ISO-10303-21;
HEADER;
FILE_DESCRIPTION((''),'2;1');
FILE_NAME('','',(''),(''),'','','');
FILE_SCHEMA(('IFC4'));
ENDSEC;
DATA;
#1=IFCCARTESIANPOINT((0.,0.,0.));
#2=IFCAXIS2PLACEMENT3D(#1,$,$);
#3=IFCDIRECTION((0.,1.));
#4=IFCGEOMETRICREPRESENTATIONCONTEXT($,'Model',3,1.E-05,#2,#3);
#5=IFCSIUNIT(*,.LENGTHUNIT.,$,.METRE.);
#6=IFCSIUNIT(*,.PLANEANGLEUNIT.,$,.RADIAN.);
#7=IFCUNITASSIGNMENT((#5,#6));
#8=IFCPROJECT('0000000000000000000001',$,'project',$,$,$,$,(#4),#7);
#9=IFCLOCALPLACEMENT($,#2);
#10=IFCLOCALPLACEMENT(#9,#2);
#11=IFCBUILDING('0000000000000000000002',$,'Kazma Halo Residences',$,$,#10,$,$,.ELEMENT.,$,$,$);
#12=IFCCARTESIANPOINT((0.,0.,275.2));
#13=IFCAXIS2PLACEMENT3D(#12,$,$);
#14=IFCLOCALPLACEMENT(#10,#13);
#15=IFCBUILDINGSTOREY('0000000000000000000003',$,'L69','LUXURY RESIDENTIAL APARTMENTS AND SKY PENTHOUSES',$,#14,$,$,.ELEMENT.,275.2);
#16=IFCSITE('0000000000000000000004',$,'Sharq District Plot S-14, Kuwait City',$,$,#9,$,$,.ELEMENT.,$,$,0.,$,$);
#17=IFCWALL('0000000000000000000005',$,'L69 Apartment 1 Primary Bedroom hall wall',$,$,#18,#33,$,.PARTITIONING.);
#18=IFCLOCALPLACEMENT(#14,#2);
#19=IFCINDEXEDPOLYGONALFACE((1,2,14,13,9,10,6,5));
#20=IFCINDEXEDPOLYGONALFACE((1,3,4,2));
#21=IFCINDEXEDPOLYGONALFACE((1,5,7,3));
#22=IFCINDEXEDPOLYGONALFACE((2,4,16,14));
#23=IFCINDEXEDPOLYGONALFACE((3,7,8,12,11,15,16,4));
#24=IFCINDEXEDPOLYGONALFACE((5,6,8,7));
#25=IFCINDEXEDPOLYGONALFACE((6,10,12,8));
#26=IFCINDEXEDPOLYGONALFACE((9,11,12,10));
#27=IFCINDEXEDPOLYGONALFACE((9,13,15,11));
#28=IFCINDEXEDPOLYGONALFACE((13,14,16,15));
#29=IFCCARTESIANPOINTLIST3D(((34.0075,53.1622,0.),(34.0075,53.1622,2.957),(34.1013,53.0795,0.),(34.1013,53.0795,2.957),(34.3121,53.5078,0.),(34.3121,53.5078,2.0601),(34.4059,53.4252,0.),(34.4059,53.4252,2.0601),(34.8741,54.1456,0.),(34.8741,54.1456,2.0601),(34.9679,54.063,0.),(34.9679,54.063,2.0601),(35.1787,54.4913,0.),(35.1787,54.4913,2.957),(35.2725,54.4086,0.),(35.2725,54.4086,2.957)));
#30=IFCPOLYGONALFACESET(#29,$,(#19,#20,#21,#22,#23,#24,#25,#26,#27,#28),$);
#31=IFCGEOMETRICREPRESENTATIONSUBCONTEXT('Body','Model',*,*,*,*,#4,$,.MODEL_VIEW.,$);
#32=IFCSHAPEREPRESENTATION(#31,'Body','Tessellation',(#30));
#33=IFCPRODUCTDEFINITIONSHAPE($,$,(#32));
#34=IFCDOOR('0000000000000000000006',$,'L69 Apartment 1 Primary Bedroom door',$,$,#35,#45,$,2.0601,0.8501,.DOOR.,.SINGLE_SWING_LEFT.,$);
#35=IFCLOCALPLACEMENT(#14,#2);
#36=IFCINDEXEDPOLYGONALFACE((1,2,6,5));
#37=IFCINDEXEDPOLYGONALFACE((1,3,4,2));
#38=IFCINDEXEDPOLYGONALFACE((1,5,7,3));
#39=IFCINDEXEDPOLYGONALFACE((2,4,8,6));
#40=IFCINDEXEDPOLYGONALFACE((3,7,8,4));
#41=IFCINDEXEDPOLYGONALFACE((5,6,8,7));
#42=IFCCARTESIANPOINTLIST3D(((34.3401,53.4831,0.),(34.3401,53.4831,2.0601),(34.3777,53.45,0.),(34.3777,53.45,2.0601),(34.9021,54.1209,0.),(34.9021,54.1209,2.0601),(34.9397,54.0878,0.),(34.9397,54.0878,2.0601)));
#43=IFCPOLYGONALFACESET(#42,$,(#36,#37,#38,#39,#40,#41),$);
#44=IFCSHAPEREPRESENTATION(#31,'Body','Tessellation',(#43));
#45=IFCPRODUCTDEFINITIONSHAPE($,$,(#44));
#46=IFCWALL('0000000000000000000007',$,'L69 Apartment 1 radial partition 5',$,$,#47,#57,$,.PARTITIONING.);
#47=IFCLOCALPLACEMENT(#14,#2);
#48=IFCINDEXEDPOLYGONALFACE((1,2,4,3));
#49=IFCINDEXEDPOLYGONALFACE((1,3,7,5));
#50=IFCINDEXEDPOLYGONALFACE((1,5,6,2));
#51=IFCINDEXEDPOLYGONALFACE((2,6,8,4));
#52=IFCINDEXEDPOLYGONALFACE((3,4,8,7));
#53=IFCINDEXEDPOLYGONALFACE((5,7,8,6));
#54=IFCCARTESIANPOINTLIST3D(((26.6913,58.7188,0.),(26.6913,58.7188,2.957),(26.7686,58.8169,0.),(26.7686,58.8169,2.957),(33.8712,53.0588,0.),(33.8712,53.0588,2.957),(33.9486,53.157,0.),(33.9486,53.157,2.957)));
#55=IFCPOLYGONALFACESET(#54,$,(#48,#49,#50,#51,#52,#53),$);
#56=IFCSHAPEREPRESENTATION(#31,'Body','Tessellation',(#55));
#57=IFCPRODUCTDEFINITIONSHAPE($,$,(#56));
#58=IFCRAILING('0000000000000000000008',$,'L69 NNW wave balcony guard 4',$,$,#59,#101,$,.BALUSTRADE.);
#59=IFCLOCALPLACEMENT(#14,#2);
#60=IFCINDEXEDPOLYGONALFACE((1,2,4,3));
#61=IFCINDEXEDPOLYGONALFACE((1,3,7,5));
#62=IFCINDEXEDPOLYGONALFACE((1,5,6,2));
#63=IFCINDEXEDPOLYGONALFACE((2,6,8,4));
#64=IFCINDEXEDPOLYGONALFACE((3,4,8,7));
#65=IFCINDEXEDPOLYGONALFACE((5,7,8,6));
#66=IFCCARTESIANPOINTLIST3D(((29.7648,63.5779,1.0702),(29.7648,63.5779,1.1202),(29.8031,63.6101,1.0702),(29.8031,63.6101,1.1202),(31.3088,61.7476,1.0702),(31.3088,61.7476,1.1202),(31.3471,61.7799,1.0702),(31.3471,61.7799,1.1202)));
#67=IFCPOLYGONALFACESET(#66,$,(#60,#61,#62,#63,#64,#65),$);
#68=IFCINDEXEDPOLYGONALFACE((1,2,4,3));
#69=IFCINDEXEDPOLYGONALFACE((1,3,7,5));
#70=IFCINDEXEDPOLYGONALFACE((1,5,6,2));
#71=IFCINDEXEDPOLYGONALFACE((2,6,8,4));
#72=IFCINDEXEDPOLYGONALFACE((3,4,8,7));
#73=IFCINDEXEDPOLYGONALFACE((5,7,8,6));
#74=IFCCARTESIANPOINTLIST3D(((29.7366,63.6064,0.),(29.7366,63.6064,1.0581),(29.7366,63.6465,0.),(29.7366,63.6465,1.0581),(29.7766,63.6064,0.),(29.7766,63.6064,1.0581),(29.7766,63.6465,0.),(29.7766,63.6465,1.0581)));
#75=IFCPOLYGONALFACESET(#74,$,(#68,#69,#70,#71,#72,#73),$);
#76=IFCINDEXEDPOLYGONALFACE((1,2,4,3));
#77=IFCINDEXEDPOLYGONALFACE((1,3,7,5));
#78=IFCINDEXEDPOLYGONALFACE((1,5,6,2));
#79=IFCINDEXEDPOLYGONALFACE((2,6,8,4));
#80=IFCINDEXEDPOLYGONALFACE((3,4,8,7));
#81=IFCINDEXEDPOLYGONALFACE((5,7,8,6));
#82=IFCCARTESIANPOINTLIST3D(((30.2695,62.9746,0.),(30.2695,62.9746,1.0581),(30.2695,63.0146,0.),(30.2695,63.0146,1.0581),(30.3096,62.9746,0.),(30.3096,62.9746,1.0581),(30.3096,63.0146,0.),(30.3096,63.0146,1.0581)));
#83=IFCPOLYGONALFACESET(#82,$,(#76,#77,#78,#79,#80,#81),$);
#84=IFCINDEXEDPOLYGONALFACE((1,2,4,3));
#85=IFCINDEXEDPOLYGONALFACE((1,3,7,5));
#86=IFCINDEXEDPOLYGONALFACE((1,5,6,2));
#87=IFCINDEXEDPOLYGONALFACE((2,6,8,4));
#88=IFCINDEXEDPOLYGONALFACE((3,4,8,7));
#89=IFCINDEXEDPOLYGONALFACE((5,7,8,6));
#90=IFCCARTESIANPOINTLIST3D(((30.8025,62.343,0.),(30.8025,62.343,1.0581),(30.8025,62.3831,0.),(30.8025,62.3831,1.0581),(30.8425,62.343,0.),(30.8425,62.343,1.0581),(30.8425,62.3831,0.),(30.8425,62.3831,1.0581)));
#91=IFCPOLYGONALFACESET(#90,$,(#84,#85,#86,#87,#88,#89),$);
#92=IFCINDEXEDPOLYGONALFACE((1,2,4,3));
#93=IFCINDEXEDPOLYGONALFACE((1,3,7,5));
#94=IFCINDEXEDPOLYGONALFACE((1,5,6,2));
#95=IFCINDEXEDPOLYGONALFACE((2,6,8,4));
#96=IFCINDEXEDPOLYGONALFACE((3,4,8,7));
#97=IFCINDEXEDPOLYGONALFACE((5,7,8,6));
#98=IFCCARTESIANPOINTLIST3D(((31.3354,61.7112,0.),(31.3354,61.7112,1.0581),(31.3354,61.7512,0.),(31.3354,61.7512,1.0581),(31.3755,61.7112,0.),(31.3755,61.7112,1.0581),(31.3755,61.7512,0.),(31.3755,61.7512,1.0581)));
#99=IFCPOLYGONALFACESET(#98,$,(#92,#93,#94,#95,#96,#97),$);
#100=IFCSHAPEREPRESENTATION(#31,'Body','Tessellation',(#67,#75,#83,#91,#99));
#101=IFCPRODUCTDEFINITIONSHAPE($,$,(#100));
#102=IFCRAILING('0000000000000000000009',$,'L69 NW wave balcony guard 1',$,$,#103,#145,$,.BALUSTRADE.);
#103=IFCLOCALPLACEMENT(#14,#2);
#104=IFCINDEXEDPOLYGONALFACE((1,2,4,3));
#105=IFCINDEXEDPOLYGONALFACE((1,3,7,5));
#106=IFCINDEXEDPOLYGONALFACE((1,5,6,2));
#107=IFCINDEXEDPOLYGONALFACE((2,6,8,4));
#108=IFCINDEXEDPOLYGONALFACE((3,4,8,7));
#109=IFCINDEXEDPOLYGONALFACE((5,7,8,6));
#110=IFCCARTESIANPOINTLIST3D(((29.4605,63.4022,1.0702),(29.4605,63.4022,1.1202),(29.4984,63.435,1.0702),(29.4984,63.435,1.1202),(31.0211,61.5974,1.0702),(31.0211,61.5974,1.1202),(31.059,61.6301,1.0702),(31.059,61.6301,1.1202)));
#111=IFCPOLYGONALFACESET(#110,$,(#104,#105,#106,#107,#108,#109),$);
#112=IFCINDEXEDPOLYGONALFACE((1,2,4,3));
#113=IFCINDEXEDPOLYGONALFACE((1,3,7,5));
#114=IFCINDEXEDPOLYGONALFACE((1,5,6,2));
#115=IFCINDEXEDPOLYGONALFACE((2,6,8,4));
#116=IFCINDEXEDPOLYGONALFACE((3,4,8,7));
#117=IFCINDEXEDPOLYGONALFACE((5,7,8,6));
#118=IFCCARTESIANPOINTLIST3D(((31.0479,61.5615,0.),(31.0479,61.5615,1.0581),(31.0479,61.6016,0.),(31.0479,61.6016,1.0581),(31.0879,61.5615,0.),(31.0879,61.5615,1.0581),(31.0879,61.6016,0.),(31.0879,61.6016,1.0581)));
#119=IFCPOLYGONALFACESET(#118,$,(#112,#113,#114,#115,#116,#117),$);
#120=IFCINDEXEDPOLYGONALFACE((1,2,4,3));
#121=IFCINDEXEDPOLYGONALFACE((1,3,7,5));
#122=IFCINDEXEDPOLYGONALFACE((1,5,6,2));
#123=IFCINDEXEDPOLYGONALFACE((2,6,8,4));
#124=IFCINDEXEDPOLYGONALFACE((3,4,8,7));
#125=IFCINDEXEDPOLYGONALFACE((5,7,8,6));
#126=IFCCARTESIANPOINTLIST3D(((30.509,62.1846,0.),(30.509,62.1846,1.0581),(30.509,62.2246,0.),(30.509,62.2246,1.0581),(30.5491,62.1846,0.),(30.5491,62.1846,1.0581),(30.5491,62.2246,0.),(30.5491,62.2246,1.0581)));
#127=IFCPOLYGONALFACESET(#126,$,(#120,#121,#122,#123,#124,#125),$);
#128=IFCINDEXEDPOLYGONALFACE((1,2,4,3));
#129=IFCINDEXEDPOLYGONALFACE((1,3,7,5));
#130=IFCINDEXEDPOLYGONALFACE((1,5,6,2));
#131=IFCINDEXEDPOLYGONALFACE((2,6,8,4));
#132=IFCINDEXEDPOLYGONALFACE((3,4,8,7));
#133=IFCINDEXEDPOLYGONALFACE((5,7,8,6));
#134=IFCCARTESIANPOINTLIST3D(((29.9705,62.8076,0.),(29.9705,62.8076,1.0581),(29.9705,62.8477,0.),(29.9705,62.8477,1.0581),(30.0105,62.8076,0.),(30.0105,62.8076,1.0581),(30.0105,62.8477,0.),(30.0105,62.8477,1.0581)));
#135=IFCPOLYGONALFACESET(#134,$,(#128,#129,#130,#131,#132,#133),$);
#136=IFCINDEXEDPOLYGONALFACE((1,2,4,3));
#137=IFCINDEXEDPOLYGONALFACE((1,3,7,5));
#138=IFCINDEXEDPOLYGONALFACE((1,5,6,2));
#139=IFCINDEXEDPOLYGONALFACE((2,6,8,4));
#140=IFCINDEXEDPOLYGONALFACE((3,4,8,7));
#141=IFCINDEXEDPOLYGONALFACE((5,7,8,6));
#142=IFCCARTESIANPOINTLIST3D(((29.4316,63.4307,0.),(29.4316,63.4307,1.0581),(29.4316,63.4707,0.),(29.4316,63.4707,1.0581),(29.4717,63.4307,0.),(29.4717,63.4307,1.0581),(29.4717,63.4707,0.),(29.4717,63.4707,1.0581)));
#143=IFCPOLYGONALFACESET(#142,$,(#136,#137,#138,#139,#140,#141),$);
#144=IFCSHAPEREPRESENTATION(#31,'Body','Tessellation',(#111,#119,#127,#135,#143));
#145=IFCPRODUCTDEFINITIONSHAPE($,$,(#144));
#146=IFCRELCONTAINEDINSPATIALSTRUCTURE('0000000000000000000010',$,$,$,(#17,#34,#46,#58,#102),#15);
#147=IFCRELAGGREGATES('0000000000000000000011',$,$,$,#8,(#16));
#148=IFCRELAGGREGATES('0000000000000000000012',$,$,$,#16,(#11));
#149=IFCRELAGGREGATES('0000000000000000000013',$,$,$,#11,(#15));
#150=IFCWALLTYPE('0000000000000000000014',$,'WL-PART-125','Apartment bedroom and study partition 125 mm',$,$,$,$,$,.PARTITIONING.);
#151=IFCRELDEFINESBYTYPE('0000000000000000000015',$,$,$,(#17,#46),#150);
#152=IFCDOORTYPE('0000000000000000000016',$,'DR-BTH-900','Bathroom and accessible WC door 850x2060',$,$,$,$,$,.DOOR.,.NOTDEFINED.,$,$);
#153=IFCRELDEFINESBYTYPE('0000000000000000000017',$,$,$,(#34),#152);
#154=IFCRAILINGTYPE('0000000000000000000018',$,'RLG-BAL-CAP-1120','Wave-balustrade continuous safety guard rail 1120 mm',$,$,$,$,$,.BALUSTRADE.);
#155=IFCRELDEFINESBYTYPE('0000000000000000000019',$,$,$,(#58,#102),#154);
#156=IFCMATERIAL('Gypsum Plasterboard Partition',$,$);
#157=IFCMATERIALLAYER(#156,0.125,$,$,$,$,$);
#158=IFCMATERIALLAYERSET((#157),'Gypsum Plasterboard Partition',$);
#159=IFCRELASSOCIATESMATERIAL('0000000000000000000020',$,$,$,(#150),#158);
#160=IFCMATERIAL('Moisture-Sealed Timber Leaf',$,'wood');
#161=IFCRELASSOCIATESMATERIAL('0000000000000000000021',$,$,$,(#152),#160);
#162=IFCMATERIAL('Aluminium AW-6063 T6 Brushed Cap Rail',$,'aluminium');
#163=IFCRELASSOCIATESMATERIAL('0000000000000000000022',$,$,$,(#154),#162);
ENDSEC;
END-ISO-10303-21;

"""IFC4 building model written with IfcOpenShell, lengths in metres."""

from ifc_helpers import new_model, si_unit, direction, frame, frame_2d, origin, origin_2d, place, context, subcontext, project, spatial, rectangle, extrude, material, layer, layer_set, type_object, element, fill, save


model = new_model("IFC4")

# Units and contexts
model_context = context("Model", 3, precision=1e-05, world=origin(), true_north=direction((0.0, 1.0)))
body_context = subcontext(model_context, "Body", "Model", "MODEL_VIEW")
ifc_project = project(units=[si_unit("LENGTHUNIT", "METRE"), si_unit("PLANEANGLEUNIT", "RADIAN")], contexts=[model_context])

# Site, building, storey
site_placement = place(None, origin())
site = spatial("IfcSite", under=ifc_project, at=site_placement, Name="Sharq District Plot S-14, Kuwait City", CompositionType="ELEMENT", RefElevation=0.0)
building_placement = place(site_placement, origin())
building = spatial("IfcBuilding", under=site, at=building_placement, Name="Kazma Halo Residences", CompositionType="ELEMENT")
storey_placement = place(building_placement, frame((0.0, 0.0, 275.2)))
storey = spatial("IfcBuildingStorey", under=building, at=storey_placement, Name="L69", Description="LUXURY RESIDENTIAL APARTMENTS AND SKY PENTHOUSES", CompositionType="ELEMENT", Elevation=275.2)

# Shared definitions
ifc_material_1 = material(Name="Gypsum Plasterboard Partition")
ifc_layer_1 = layer(ifc_material_1, 0.125)
ifc_layer_set_1 = layer_set([ifc_layer_1], Name="Gypsum Plasterboard Partition")
wall_type_1 = type_object("IfcWallType", Name="WL-PART-125", Description="Apartment bedroom and study partition 125 mm", PredefinedType="PARTITIONING", material=ifc_layer_set_1)
ifc_material_2 = material(Name="Moisture-Sealed Timber Leaf", Category="wood")
door_type_1 = type_object("IfcDoorType", Name="DR-BTH-900", Description="Bathroom and accessible WC door 850x2060", OperationType="NOTDEFINED", PredefinedType="DOOR", material=ifc_material_2)

# Wall, opening, door
wall_1_placement = place(storey_placement, frame((35.2256, 54.45, 0.0), z_axis=(0.0, 0.0, 1.0), x_axis=(-0.661116, -0.750284, 0.0)))
wall_1 = element("IfcWall", 1, at=wall_1_placement, inside=storey, type_object=wall_type_1, Name="L69 Apartment 1 Primary Bedroom hall wall", PredefinedType="PARTITIONING", context=body_context, shape_type="SweptSolid", body=[
    extrude(rectangle(XDim=1.7715, YDim=0.125, at=frame_2d((0.8857, 0.0))), origin(), (0.0, 0.0, 1.0), 2.957),
])
opening_1_placement = place(wall_1_placement, frame((0.4607, 0.0, 0.0)))
opening_1 = element("IfcOpeningElement", 2, at=opening_1_placement, cuts=wall_1, PredefinedType="OPENING", context=body_context, shape_type="SweptSolid", body=[
    extrude(rectangle(XDim=0.8501, YDim=2.0601, at=frame_2d((0.425, 1.03))), frame((0.0, 0.0725, 0.0), z_axis=(0.0, -1.0, 0.0), x_axis=(1.0, 0.0, 0.0)), (0.0, 0.0, 1.0), 0.145),
])
door_1_placement = place(opening_1_placement, origin())
door_1 = element("IfcDoor", 3, at=door_1_placement, inside=storey, type_object=door_type_1, Name="L69 Apartment 1 Primary Bedroom door", OperationType="SINGLE_SWING_LEFT", OverallHeight=2.0601, OverallWidth=0.8501, PredefinedType="DOOR", context=body_context, shape_type="SweptSolid", body=[
    extrude(rectangle(XDim=0.8501, YDim=2.0601, at=frame_2d((0.425, 1.03))), frame((0.0, 0.0249, 0.0), z_axis=(0.0, -1.0, 0.0), x_axis=(1.0, 0.0, 0.0)), (0.0, 0.0, 1.0), 0.05),
])
fill(opening_1, door_1)

# Wall
wall_2_placement = place(storey_placement, frame((33.9099, 53.1079, 0.0), z_axis=(0.0, 0.0, 1.0), x_axis=(-0.785332, 0.619074, 0.0)))
element("IfcWall", 4, at=wall_2_placement, inside=storey, type_object=wall_type_1, Name="L69 Apartment 1 radial partition 5", PredefinedType="PARTITIONING", context=body_context, shape_type="SweptSolid", body=[
    extrude(rectangle(XDim=9.1426, YDim=0.125, at=frame_2d((4.5713, 0.0))), origin(), (0.0, 0.0, 1.0), 2.957),
])

# Railings
ifc_material_3 = material(Name="Aluminium AW-6063 T6 Brushed Cap Rail", Category="aluminium")
railing_type = type_object("IfcRailingType", Name="RLG-BAL-CAP-1120", Description="Wave-balustrade continuous safety guard rail 1120 mm", PredefinedType="BALUSTRADE", material=ifc_material_3)
railing_1_placement = place(storey_placement, frame((29.7566, 63.6265, 0.0)))
element("IfcRailing", 5, at=railing_1_placement, inside=storey, type_object=railing_type, Name="L69 NNW wave balcony guard 4", PredefinedType="BALUSTRADE", context=body_context, shape_type="SweptSolid", body=[
    extrude(rectangle(XDim=0.05, YDim=0.05, at=origin_2d()), frame((0.0273, -0.0325, 1.0952), z_axis=(0.644812, -0.764342, 0.0), x_axis=(0.764342, 0.644812, 0.0)), (0.0, 0.0, 1.0), 2.3945),
    extrude(rectangle(XDim=0.04, YDim=0.04, at=origin_2d()), origin(), (0.0, 0.0, 1.0), 1.0581),
    extrude(rectangle(XDim=0.04, YDim=0.04, at=origin_2d()), frame((0.533, -0.6318, 0.0)), (0.0, 0.0, 1.0), 1.0581),
    extrude(rectangle(XDim=0.04, YDim=0.04, at=origin_2d()), frame((1.0659, -1.2634, 0.0)), (0.0, 0.0, 1.0), 1.0581),
    extrude(rectangle(XDim=0.04, YDim=0.04, at=origin_2d()), frame((1.5989, -1.8953, 0.0)), (0.0, 0.0, 1.0), 1.0581),
])
railing_2_placement = place(storey_placement, frame((31.0679, 61.5815, 0.0)))
element("IfcRailing", 6, at=railing_2_placement, inside=storey, type_object=railing_type, Name="L69 NW wave balcony guard 1", PredefinedType="BALUSTRADE", context=body_context, shape_type="SweptSolid", body=[
    extrude(rectangle(XDim=0.05, YDim=0.05, at=origin_2d()), frame((-0.0278, 0.0322, 1.0952), z_axis=(-0.654072, 0.756432, 0.0), x_axis=(-0.756432, -0.654072, 0.0)), (0.0, 0.0, 1.0), 2.386),
    extrude(rectangle(XDim=0.04, YDim=0.04, at=origin_2d()), origin(), (0.0, 0.0, 1.0), 1.0581),
    extrude(rectangle(XDim=0.04, YDim=0.04, at=origin_2d()), frame((-0.5388, 0.623, 0.0)), (0.0, 0.0, 1.0), 1.0581),
    extrude(rectangle(XDim=0.04, YDim=0.04, at=origin_2d()), frame((-1.0774, 1.2461, 0.0)), (0.0, 0.0, 1.0), 1.0581),
    extrude(rectangle(XDim=0.04, YDim=0.04, at=origin_2d()), frame((-1.6162, 1.8691, 0.0)), (0.0, 0.0, 1.0), 1.0581),
])

save(model, "model.ifc")
